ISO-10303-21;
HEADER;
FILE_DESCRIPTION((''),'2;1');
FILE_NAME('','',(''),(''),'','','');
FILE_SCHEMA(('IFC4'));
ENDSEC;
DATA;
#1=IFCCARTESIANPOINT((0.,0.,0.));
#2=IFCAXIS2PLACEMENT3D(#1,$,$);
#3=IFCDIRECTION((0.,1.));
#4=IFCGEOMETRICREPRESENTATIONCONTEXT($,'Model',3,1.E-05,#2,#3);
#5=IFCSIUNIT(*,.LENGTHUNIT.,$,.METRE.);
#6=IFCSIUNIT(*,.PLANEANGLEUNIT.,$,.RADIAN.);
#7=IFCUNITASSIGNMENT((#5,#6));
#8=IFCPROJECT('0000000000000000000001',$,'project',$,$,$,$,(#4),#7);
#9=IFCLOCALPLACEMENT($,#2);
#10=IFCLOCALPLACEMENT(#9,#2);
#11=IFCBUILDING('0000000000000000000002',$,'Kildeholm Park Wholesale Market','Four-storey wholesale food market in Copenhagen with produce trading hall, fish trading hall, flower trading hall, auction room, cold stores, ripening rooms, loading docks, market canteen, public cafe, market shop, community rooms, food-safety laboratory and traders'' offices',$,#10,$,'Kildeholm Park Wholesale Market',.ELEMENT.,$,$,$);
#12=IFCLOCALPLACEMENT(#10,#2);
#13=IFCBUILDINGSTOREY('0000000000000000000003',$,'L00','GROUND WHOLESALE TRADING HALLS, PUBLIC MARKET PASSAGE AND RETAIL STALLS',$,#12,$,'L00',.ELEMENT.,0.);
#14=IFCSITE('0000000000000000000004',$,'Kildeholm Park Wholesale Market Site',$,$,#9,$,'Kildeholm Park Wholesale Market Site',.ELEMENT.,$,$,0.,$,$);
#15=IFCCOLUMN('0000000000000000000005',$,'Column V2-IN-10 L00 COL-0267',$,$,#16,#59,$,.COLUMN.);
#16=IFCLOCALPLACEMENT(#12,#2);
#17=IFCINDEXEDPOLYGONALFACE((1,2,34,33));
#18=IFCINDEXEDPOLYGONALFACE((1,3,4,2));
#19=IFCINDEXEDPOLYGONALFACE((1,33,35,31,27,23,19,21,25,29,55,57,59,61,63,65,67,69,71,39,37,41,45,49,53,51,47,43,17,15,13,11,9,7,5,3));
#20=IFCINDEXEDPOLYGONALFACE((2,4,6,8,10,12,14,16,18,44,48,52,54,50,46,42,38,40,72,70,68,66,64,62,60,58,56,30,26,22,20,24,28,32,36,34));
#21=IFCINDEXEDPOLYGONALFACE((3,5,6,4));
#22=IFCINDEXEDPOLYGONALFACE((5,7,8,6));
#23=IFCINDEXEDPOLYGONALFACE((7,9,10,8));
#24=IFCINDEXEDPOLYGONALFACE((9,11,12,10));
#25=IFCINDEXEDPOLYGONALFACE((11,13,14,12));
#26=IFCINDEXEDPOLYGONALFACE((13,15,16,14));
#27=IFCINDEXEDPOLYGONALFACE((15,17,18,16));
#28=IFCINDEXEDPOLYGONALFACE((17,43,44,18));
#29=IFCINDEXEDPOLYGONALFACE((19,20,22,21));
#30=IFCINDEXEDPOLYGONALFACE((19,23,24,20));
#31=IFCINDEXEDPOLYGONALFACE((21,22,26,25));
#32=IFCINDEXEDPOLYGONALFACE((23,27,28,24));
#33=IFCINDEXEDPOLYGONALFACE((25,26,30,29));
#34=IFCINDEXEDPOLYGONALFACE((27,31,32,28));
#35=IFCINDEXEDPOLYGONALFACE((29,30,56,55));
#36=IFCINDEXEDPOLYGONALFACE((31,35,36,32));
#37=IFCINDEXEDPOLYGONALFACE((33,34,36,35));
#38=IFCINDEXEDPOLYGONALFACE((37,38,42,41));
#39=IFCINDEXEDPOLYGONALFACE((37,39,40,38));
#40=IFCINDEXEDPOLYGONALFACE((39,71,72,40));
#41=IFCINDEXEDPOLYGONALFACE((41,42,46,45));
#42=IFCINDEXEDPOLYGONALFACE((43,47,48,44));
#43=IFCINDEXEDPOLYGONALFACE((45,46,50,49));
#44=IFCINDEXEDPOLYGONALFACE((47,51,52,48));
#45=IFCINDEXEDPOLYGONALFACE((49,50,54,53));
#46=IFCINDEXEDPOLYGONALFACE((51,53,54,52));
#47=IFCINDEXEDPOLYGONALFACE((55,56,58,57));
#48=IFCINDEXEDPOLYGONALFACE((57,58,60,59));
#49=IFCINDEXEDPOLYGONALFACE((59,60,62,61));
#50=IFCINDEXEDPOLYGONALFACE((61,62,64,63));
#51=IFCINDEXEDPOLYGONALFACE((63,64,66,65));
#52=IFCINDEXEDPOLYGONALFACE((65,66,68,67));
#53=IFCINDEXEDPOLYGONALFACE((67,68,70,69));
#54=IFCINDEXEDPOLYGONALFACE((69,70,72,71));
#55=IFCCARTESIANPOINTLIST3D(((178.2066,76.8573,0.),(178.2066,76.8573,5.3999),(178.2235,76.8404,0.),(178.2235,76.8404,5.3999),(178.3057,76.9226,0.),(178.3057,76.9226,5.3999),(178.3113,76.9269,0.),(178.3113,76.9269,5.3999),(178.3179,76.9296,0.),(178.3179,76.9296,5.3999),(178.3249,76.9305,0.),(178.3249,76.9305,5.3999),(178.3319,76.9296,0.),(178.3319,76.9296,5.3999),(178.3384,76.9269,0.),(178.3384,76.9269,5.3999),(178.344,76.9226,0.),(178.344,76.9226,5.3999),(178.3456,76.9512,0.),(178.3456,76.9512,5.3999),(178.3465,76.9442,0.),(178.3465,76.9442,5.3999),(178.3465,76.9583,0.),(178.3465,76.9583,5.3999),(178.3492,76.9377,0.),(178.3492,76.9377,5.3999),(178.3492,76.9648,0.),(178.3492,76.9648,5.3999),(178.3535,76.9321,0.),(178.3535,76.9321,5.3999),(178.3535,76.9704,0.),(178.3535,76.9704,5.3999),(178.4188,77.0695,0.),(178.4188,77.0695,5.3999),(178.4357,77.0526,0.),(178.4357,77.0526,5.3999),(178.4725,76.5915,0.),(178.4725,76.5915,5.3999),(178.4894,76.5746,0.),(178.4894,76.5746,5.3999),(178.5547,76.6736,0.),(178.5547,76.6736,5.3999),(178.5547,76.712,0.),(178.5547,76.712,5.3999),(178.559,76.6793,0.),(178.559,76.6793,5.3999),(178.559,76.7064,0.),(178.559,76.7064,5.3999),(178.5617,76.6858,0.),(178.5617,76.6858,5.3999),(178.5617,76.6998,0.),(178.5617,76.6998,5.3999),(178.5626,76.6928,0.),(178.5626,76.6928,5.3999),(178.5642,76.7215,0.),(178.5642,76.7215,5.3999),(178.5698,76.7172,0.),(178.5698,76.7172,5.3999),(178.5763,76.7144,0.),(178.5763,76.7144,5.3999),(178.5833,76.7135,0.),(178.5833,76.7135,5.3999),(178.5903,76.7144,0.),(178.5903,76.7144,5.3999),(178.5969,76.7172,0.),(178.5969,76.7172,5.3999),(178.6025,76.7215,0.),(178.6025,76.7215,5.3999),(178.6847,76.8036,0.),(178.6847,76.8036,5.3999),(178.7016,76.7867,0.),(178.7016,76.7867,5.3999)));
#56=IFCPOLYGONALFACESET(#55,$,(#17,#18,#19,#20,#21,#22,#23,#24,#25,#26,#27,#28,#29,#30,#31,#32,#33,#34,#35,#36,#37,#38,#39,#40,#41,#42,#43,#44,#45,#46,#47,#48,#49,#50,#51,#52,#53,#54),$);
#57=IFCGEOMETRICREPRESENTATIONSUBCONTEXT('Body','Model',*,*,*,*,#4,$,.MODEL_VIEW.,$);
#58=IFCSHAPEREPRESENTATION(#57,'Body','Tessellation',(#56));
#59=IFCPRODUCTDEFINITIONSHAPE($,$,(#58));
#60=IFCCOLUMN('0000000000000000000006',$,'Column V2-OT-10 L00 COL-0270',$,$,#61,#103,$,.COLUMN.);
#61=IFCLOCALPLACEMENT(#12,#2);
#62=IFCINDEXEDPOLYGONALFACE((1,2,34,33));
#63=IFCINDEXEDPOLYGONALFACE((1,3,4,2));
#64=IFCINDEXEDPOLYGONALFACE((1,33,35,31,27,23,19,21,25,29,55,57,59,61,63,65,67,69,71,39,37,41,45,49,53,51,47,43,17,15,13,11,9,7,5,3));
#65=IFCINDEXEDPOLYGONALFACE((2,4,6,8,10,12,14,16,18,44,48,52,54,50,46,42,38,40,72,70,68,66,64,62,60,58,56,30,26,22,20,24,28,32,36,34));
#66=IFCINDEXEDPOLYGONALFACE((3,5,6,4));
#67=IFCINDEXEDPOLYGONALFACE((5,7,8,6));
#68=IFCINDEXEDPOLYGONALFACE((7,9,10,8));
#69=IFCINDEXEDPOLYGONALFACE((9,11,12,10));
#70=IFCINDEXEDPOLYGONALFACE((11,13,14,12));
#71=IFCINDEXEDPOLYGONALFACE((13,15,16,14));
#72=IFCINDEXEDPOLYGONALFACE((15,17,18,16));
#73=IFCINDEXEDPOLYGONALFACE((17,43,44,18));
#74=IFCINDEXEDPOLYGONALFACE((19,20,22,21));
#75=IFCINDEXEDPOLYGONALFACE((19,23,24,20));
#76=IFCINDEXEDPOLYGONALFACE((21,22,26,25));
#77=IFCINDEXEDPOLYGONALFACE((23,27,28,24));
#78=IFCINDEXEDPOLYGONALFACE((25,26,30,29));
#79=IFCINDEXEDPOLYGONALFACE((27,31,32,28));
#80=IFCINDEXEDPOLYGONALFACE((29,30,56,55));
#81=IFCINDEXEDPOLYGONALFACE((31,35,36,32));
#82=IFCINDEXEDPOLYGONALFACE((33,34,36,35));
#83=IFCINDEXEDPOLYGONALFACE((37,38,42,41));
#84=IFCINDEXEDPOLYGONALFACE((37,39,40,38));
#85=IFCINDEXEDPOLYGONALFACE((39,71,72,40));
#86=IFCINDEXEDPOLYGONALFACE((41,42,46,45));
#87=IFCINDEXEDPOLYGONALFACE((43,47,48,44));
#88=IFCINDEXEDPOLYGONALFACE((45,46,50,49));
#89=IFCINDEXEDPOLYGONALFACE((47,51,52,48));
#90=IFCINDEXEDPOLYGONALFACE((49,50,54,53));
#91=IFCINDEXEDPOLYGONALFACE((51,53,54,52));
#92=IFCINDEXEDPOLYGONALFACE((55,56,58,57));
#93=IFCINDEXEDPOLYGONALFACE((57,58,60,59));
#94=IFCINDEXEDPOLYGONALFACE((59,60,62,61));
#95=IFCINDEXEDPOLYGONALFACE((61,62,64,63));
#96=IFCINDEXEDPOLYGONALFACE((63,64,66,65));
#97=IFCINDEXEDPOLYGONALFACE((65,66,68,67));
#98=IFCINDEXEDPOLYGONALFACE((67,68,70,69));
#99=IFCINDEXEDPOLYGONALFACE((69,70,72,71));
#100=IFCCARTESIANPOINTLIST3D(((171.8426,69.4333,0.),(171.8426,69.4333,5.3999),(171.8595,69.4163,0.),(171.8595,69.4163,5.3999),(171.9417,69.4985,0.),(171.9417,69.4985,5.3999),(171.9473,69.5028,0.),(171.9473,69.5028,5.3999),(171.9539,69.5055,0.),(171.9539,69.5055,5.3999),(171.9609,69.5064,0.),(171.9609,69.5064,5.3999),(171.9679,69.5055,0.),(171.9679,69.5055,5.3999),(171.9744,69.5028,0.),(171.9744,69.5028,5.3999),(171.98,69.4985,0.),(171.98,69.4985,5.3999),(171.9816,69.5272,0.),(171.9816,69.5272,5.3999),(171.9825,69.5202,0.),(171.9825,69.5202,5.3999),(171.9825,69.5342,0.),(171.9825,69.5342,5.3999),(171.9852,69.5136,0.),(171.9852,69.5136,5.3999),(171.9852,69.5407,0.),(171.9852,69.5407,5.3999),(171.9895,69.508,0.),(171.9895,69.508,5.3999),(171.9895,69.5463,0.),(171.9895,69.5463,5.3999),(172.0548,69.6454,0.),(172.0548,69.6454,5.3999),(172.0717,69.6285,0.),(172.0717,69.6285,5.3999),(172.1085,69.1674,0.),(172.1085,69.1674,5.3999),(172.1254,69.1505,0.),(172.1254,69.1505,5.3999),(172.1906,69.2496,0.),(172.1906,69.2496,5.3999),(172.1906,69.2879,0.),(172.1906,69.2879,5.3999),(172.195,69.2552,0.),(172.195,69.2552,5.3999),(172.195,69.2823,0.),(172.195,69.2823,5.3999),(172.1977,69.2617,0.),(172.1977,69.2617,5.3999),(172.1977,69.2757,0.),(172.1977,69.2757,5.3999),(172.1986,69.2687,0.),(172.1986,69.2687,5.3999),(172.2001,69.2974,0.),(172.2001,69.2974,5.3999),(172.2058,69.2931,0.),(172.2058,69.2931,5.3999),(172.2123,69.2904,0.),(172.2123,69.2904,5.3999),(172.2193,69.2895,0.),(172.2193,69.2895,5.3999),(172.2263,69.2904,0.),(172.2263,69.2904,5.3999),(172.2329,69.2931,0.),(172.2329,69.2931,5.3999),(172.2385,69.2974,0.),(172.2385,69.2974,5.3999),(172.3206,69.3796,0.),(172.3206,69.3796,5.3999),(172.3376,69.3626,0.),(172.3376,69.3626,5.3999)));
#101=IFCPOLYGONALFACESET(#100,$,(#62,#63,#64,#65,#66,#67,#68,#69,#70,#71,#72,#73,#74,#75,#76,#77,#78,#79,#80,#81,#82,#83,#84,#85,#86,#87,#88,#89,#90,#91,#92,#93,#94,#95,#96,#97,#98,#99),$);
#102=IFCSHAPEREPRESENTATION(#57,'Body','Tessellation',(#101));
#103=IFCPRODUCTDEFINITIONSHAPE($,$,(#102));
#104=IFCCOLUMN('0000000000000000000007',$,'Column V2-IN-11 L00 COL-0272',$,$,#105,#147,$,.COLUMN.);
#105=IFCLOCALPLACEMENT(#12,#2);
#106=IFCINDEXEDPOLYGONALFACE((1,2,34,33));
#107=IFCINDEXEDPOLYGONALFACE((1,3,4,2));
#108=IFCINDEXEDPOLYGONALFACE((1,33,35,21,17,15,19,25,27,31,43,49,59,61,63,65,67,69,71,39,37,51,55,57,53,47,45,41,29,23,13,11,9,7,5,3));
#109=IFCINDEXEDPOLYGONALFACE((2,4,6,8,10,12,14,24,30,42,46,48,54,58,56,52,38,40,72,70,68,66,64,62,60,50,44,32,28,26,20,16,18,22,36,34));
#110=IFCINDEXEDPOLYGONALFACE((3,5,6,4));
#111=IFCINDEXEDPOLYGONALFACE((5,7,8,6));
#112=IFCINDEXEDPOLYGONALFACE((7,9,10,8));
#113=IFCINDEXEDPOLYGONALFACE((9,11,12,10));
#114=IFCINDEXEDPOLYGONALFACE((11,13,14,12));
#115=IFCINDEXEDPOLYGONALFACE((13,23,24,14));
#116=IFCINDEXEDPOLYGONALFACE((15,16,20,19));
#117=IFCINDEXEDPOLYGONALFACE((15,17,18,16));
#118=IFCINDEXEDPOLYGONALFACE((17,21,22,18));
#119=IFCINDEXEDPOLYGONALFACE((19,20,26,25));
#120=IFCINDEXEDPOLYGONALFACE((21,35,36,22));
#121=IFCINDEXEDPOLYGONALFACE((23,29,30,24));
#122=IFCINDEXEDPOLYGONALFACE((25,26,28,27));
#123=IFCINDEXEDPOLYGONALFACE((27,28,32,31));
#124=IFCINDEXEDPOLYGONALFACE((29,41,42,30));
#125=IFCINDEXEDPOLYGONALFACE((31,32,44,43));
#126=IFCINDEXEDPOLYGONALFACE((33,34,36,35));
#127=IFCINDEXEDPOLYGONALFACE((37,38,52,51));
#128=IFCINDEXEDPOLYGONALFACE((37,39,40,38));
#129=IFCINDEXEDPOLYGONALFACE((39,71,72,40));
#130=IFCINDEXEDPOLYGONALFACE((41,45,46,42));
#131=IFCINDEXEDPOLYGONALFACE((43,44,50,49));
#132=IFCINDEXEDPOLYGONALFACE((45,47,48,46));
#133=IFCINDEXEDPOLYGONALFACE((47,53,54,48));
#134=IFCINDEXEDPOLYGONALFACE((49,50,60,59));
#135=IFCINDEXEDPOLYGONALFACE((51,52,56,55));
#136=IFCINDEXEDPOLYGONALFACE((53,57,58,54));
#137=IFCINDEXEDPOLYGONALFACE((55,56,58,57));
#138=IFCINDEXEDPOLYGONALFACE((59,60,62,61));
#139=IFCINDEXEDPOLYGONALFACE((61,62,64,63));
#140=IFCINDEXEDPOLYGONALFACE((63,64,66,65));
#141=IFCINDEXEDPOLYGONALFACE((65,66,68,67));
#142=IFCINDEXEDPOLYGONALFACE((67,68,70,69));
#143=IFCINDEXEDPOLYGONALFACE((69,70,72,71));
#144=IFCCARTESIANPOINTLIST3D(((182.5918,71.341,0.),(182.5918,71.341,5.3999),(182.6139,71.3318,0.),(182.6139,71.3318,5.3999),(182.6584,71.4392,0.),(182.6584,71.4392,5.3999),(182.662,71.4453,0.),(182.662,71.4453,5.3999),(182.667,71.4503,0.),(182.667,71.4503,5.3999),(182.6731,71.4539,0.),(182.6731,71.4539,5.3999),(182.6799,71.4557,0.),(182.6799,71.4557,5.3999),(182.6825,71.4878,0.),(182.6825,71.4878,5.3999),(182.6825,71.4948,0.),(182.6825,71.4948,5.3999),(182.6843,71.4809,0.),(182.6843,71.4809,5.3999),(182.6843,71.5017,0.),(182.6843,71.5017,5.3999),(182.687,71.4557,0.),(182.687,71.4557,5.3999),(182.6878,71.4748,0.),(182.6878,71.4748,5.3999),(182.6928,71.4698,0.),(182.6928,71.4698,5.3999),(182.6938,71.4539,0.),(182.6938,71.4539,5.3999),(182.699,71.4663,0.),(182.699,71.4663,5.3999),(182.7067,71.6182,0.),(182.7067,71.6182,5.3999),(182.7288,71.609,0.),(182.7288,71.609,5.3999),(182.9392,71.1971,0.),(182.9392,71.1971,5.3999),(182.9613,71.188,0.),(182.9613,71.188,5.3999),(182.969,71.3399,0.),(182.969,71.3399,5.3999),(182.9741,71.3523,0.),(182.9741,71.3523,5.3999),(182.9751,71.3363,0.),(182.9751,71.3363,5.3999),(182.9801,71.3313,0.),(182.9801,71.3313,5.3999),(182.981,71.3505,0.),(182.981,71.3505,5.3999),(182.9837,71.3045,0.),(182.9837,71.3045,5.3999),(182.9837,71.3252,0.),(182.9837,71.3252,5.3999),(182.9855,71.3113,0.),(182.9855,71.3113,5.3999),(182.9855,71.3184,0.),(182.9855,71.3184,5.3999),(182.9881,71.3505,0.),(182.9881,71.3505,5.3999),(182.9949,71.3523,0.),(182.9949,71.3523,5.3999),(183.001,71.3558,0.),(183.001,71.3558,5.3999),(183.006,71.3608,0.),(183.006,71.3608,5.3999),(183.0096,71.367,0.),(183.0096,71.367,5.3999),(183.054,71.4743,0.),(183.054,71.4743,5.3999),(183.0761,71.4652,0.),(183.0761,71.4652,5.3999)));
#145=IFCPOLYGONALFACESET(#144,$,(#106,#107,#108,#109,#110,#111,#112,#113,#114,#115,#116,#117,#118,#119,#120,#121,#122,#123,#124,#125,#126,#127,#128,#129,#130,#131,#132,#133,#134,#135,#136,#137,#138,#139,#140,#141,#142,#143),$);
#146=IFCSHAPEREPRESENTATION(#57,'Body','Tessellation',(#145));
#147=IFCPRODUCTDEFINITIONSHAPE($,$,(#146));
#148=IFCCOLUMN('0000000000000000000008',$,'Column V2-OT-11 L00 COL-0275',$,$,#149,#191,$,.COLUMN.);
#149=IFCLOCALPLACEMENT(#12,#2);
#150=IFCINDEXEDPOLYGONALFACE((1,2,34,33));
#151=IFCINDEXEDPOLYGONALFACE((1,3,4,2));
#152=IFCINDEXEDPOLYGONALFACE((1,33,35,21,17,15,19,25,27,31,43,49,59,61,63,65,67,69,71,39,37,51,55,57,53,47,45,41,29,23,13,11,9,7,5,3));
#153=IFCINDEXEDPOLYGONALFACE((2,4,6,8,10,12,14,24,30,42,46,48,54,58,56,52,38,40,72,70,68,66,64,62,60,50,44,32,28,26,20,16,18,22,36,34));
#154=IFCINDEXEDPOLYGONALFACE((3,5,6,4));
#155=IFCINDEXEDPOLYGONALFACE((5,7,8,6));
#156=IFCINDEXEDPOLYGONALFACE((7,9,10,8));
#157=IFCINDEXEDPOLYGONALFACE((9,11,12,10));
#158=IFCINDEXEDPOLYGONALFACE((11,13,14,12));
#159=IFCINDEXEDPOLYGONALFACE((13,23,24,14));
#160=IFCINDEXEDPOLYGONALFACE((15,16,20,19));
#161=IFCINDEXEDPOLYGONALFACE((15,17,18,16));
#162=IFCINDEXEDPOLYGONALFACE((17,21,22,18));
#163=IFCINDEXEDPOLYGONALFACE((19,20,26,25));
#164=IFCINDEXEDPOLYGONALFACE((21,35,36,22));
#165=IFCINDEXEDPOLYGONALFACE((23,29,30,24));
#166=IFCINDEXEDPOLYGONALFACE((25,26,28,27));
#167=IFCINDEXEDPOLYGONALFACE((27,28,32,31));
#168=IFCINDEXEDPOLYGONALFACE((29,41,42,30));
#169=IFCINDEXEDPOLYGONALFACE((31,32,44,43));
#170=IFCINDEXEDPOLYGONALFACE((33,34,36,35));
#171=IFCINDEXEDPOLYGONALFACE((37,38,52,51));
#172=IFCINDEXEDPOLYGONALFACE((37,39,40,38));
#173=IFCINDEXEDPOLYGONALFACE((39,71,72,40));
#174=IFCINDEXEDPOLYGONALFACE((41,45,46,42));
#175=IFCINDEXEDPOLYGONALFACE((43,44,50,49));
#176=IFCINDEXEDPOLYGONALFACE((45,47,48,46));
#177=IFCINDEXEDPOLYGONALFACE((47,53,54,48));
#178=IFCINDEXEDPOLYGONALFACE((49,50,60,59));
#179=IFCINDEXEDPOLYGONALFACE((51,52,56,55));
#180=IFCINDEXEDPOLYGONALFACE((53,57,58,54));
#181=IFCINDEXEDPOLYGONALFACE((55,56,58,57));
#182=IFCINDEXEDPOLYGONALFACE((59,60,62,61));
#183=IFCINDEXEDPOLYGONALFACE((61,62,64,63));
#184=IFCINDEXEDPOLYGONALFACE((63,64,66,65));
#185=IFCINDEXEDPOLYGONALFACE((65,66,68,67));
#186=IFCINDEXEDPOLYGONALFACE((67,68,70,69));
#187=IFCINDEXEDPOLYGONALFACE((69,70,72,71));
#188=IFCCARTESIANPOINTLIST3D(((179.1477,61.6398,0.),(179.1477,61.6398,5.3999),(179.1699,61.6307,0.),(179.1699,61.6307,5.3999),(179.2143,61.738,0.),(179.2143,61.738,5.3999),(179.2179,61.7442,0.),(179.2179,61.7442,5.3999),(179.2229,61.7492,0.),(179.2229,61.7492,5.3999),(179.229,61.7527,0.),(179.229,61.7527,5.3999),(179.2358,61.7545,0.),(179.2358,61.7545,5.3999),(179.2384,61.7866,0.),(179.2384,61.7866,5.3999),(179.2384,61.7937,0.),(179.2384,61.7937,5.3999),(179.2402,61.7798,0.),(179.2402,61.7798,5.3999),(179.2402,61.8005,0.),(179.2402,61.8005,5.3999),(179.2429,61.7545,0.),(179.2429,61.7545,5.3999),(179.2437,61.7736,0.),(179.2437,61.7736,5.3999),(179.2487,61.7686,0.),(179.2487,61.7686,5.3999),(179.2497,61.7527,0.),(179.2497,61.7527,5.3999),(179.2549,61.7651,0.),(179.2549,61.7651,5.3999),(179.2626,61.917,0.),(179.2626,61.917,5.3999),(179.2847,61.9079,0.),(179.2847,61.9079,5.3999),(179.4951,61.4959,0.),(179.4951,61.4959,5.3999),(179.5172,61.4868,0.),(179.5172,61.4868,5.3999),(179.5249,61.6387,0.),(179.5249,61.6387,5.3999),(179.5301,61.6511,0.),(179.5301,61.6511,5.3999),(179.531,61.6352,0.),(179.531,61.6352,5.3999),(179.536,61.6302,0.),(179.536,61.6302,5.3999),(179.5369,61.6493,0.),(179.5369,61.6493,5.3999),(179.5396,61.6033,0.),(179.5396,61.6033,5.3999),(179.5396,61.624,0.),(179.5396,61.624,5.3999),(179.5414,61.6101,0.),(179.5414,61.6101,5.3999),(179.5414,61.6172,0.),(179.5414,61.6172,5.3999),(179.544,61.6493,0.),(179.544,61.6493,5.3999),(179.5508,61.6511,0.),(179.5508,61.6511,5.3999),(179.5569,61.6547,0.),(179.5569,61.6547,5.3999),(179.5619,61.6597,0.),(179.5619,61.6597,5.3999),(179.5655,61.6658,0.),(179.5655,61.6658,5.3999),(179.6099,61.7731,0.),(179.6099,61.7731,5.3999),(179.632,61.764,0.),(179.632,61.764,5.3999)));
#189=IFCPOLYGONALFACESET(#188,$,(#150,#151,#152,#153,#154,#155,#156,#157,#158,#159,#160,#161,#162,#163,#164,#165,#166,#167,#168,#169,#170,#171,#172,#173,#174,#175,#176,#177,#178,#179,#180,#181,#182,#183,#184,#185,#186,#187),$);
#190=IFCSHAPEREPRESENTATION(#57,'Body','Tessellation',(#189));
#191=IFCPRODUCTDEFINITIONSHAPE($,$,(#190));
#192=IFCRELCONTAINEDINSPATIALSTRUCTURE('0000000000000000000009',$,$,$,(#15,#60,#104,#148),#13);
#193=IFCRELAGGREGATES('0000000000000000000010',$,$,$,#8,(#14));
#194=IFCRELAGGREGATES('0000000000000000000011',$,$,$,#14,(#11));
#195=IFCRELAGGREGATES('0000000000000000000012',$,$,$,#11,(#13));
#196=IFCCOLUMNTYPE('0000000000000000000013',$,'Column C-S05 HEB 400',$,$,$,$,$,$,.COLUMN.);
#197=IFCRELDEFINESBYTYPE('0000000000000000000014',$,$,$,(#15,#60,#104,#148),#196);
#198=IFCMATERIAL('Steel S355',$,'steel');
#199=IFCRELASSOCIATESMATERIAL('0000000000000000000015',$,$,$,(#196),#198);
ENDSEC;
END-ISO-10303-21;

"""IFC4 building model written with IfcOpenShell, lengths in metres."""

from ifc_helpers import new_model, si_unit, direction, frame, origin, origin_2d, place, context, subcontext, project, spatial, i_section, extrude, material, material_profile, profile_set, type_object, element, save


model = new_model("IFC4")

# Units and contexts
model_context = context("Model", 3, precision=1e-05, world=origin(), true_north=direction((0.0, 1.0)))
body_context = subcontext(model_context, "Body", "Model", "MODEL_VIEW")
ifc_project = project(units=[si_unit("LENGTHUNIT", "METRE"), si_unit("PLANEANGLEUNIT", "RADIAN")], contexts=[model_context])

# Site, building, storey
site_placement = place(None, origin())
site = spatial("IfcSite", under=ifc_project, at=site_placement, Name="Kildeholm Park Wholesale Market Site", LongName="Kildeholm Park Wholesale Market Site", CompositionType="ELEMENT", RefElevation=0.0)
building_placement = place(site_placement, origin())
building = spatial("IfcBuilding", under=site, at=building_placement, Name="Kildeholm Park Wholesale Market", Description="Four-storey wholesale food market in Copenhagen with produce trading hall, fish trading hall, flower trading hall, auction room, cold stores, ripening rooms, loading docks, market canteen, public cafe, market shop, community rooms, food-safety laboratory and traders' offices", LongName="Kildeholm Park Wholesale Market", CompositionType="ELEMENT")
storey_placement = place(building_placement, origin())
storey = spatial("IfcBuildingStorey", under=building, at=storey_placement, Name="L00", Description="GROUND WHOLESALE TRADING HALLS, PUBLIC MARKET PASSAGE AND RETAIL STALLS", LongName="L00", CompositionType="ELEMENT", Elevation=0.0)

# Columns
ifc_material_1 = material(Name="Steel S355", Category="steel")
ifc_material_profile_1 = material_profile(ifc_material_1, i_section(OverallWidth=0.3, OverallDepth=0.3999, WebThickness=0.0134, FlangeThickness=0.0239, FilletRadius=0.0271, at=origin_2d()), Name="HEB 400")
ifc_profile_set_1 = profile_set([ifc_material_profile_1], Name="Steel S355")
column_type = type_object("IfcColumnType", Name="Column C-S05 HEB 400", PredefinedType="COLUMN", material=ifc_profile_set_1)
for number, where, z_axis, x_axis, name in (
    (1, (178.4541, 76.822, 0.0), (0.0, 0.0, 1.0), (-0.707107, -0.707107, 0.0), "Column V2-IN-10 L00 COL-0267"),
    (2, (172.0901, 69.3979, 0.0), (0.0, 0.0, 1.0), (-0.707107, -0.707107, 0.0), "Column V2-OT-10 L00 COL-0270"),
    (3, (182.834, 71.4031, 0.0), (0.0, 0.0, 1.0), (-0.382683, -0.92388, 0.0), "Column V2-IN-11 L00 COL-0272"),
    (4, (179.3899, 61.7019, 0.0), (0.0, 0.0, 1.0), (-0.382683, -0.92388, 0.0), "Column V2-OT-11 L00 COL-0275"),
):
    element("IfcColumn", number, at=place(storey_placement, frame(where, z_axis=z_axis, x_axis=x_axis)), inside=storey, type_object=column_type, Name=name, PredefinedType="COLUMN", context=body_context, shape_type="SweptSolid", body=[
        extrude(i_section(OverallWidth=0.3, OverallDepth=0.3999, WebThickness=0.0134, FlangeThickness=0.0239, FilletRadius=0.0271, at=origin_2d()), origin(), (0.0, 0.0, 1.0), 5.3999),
    ])

save(model, "model.ifc")
